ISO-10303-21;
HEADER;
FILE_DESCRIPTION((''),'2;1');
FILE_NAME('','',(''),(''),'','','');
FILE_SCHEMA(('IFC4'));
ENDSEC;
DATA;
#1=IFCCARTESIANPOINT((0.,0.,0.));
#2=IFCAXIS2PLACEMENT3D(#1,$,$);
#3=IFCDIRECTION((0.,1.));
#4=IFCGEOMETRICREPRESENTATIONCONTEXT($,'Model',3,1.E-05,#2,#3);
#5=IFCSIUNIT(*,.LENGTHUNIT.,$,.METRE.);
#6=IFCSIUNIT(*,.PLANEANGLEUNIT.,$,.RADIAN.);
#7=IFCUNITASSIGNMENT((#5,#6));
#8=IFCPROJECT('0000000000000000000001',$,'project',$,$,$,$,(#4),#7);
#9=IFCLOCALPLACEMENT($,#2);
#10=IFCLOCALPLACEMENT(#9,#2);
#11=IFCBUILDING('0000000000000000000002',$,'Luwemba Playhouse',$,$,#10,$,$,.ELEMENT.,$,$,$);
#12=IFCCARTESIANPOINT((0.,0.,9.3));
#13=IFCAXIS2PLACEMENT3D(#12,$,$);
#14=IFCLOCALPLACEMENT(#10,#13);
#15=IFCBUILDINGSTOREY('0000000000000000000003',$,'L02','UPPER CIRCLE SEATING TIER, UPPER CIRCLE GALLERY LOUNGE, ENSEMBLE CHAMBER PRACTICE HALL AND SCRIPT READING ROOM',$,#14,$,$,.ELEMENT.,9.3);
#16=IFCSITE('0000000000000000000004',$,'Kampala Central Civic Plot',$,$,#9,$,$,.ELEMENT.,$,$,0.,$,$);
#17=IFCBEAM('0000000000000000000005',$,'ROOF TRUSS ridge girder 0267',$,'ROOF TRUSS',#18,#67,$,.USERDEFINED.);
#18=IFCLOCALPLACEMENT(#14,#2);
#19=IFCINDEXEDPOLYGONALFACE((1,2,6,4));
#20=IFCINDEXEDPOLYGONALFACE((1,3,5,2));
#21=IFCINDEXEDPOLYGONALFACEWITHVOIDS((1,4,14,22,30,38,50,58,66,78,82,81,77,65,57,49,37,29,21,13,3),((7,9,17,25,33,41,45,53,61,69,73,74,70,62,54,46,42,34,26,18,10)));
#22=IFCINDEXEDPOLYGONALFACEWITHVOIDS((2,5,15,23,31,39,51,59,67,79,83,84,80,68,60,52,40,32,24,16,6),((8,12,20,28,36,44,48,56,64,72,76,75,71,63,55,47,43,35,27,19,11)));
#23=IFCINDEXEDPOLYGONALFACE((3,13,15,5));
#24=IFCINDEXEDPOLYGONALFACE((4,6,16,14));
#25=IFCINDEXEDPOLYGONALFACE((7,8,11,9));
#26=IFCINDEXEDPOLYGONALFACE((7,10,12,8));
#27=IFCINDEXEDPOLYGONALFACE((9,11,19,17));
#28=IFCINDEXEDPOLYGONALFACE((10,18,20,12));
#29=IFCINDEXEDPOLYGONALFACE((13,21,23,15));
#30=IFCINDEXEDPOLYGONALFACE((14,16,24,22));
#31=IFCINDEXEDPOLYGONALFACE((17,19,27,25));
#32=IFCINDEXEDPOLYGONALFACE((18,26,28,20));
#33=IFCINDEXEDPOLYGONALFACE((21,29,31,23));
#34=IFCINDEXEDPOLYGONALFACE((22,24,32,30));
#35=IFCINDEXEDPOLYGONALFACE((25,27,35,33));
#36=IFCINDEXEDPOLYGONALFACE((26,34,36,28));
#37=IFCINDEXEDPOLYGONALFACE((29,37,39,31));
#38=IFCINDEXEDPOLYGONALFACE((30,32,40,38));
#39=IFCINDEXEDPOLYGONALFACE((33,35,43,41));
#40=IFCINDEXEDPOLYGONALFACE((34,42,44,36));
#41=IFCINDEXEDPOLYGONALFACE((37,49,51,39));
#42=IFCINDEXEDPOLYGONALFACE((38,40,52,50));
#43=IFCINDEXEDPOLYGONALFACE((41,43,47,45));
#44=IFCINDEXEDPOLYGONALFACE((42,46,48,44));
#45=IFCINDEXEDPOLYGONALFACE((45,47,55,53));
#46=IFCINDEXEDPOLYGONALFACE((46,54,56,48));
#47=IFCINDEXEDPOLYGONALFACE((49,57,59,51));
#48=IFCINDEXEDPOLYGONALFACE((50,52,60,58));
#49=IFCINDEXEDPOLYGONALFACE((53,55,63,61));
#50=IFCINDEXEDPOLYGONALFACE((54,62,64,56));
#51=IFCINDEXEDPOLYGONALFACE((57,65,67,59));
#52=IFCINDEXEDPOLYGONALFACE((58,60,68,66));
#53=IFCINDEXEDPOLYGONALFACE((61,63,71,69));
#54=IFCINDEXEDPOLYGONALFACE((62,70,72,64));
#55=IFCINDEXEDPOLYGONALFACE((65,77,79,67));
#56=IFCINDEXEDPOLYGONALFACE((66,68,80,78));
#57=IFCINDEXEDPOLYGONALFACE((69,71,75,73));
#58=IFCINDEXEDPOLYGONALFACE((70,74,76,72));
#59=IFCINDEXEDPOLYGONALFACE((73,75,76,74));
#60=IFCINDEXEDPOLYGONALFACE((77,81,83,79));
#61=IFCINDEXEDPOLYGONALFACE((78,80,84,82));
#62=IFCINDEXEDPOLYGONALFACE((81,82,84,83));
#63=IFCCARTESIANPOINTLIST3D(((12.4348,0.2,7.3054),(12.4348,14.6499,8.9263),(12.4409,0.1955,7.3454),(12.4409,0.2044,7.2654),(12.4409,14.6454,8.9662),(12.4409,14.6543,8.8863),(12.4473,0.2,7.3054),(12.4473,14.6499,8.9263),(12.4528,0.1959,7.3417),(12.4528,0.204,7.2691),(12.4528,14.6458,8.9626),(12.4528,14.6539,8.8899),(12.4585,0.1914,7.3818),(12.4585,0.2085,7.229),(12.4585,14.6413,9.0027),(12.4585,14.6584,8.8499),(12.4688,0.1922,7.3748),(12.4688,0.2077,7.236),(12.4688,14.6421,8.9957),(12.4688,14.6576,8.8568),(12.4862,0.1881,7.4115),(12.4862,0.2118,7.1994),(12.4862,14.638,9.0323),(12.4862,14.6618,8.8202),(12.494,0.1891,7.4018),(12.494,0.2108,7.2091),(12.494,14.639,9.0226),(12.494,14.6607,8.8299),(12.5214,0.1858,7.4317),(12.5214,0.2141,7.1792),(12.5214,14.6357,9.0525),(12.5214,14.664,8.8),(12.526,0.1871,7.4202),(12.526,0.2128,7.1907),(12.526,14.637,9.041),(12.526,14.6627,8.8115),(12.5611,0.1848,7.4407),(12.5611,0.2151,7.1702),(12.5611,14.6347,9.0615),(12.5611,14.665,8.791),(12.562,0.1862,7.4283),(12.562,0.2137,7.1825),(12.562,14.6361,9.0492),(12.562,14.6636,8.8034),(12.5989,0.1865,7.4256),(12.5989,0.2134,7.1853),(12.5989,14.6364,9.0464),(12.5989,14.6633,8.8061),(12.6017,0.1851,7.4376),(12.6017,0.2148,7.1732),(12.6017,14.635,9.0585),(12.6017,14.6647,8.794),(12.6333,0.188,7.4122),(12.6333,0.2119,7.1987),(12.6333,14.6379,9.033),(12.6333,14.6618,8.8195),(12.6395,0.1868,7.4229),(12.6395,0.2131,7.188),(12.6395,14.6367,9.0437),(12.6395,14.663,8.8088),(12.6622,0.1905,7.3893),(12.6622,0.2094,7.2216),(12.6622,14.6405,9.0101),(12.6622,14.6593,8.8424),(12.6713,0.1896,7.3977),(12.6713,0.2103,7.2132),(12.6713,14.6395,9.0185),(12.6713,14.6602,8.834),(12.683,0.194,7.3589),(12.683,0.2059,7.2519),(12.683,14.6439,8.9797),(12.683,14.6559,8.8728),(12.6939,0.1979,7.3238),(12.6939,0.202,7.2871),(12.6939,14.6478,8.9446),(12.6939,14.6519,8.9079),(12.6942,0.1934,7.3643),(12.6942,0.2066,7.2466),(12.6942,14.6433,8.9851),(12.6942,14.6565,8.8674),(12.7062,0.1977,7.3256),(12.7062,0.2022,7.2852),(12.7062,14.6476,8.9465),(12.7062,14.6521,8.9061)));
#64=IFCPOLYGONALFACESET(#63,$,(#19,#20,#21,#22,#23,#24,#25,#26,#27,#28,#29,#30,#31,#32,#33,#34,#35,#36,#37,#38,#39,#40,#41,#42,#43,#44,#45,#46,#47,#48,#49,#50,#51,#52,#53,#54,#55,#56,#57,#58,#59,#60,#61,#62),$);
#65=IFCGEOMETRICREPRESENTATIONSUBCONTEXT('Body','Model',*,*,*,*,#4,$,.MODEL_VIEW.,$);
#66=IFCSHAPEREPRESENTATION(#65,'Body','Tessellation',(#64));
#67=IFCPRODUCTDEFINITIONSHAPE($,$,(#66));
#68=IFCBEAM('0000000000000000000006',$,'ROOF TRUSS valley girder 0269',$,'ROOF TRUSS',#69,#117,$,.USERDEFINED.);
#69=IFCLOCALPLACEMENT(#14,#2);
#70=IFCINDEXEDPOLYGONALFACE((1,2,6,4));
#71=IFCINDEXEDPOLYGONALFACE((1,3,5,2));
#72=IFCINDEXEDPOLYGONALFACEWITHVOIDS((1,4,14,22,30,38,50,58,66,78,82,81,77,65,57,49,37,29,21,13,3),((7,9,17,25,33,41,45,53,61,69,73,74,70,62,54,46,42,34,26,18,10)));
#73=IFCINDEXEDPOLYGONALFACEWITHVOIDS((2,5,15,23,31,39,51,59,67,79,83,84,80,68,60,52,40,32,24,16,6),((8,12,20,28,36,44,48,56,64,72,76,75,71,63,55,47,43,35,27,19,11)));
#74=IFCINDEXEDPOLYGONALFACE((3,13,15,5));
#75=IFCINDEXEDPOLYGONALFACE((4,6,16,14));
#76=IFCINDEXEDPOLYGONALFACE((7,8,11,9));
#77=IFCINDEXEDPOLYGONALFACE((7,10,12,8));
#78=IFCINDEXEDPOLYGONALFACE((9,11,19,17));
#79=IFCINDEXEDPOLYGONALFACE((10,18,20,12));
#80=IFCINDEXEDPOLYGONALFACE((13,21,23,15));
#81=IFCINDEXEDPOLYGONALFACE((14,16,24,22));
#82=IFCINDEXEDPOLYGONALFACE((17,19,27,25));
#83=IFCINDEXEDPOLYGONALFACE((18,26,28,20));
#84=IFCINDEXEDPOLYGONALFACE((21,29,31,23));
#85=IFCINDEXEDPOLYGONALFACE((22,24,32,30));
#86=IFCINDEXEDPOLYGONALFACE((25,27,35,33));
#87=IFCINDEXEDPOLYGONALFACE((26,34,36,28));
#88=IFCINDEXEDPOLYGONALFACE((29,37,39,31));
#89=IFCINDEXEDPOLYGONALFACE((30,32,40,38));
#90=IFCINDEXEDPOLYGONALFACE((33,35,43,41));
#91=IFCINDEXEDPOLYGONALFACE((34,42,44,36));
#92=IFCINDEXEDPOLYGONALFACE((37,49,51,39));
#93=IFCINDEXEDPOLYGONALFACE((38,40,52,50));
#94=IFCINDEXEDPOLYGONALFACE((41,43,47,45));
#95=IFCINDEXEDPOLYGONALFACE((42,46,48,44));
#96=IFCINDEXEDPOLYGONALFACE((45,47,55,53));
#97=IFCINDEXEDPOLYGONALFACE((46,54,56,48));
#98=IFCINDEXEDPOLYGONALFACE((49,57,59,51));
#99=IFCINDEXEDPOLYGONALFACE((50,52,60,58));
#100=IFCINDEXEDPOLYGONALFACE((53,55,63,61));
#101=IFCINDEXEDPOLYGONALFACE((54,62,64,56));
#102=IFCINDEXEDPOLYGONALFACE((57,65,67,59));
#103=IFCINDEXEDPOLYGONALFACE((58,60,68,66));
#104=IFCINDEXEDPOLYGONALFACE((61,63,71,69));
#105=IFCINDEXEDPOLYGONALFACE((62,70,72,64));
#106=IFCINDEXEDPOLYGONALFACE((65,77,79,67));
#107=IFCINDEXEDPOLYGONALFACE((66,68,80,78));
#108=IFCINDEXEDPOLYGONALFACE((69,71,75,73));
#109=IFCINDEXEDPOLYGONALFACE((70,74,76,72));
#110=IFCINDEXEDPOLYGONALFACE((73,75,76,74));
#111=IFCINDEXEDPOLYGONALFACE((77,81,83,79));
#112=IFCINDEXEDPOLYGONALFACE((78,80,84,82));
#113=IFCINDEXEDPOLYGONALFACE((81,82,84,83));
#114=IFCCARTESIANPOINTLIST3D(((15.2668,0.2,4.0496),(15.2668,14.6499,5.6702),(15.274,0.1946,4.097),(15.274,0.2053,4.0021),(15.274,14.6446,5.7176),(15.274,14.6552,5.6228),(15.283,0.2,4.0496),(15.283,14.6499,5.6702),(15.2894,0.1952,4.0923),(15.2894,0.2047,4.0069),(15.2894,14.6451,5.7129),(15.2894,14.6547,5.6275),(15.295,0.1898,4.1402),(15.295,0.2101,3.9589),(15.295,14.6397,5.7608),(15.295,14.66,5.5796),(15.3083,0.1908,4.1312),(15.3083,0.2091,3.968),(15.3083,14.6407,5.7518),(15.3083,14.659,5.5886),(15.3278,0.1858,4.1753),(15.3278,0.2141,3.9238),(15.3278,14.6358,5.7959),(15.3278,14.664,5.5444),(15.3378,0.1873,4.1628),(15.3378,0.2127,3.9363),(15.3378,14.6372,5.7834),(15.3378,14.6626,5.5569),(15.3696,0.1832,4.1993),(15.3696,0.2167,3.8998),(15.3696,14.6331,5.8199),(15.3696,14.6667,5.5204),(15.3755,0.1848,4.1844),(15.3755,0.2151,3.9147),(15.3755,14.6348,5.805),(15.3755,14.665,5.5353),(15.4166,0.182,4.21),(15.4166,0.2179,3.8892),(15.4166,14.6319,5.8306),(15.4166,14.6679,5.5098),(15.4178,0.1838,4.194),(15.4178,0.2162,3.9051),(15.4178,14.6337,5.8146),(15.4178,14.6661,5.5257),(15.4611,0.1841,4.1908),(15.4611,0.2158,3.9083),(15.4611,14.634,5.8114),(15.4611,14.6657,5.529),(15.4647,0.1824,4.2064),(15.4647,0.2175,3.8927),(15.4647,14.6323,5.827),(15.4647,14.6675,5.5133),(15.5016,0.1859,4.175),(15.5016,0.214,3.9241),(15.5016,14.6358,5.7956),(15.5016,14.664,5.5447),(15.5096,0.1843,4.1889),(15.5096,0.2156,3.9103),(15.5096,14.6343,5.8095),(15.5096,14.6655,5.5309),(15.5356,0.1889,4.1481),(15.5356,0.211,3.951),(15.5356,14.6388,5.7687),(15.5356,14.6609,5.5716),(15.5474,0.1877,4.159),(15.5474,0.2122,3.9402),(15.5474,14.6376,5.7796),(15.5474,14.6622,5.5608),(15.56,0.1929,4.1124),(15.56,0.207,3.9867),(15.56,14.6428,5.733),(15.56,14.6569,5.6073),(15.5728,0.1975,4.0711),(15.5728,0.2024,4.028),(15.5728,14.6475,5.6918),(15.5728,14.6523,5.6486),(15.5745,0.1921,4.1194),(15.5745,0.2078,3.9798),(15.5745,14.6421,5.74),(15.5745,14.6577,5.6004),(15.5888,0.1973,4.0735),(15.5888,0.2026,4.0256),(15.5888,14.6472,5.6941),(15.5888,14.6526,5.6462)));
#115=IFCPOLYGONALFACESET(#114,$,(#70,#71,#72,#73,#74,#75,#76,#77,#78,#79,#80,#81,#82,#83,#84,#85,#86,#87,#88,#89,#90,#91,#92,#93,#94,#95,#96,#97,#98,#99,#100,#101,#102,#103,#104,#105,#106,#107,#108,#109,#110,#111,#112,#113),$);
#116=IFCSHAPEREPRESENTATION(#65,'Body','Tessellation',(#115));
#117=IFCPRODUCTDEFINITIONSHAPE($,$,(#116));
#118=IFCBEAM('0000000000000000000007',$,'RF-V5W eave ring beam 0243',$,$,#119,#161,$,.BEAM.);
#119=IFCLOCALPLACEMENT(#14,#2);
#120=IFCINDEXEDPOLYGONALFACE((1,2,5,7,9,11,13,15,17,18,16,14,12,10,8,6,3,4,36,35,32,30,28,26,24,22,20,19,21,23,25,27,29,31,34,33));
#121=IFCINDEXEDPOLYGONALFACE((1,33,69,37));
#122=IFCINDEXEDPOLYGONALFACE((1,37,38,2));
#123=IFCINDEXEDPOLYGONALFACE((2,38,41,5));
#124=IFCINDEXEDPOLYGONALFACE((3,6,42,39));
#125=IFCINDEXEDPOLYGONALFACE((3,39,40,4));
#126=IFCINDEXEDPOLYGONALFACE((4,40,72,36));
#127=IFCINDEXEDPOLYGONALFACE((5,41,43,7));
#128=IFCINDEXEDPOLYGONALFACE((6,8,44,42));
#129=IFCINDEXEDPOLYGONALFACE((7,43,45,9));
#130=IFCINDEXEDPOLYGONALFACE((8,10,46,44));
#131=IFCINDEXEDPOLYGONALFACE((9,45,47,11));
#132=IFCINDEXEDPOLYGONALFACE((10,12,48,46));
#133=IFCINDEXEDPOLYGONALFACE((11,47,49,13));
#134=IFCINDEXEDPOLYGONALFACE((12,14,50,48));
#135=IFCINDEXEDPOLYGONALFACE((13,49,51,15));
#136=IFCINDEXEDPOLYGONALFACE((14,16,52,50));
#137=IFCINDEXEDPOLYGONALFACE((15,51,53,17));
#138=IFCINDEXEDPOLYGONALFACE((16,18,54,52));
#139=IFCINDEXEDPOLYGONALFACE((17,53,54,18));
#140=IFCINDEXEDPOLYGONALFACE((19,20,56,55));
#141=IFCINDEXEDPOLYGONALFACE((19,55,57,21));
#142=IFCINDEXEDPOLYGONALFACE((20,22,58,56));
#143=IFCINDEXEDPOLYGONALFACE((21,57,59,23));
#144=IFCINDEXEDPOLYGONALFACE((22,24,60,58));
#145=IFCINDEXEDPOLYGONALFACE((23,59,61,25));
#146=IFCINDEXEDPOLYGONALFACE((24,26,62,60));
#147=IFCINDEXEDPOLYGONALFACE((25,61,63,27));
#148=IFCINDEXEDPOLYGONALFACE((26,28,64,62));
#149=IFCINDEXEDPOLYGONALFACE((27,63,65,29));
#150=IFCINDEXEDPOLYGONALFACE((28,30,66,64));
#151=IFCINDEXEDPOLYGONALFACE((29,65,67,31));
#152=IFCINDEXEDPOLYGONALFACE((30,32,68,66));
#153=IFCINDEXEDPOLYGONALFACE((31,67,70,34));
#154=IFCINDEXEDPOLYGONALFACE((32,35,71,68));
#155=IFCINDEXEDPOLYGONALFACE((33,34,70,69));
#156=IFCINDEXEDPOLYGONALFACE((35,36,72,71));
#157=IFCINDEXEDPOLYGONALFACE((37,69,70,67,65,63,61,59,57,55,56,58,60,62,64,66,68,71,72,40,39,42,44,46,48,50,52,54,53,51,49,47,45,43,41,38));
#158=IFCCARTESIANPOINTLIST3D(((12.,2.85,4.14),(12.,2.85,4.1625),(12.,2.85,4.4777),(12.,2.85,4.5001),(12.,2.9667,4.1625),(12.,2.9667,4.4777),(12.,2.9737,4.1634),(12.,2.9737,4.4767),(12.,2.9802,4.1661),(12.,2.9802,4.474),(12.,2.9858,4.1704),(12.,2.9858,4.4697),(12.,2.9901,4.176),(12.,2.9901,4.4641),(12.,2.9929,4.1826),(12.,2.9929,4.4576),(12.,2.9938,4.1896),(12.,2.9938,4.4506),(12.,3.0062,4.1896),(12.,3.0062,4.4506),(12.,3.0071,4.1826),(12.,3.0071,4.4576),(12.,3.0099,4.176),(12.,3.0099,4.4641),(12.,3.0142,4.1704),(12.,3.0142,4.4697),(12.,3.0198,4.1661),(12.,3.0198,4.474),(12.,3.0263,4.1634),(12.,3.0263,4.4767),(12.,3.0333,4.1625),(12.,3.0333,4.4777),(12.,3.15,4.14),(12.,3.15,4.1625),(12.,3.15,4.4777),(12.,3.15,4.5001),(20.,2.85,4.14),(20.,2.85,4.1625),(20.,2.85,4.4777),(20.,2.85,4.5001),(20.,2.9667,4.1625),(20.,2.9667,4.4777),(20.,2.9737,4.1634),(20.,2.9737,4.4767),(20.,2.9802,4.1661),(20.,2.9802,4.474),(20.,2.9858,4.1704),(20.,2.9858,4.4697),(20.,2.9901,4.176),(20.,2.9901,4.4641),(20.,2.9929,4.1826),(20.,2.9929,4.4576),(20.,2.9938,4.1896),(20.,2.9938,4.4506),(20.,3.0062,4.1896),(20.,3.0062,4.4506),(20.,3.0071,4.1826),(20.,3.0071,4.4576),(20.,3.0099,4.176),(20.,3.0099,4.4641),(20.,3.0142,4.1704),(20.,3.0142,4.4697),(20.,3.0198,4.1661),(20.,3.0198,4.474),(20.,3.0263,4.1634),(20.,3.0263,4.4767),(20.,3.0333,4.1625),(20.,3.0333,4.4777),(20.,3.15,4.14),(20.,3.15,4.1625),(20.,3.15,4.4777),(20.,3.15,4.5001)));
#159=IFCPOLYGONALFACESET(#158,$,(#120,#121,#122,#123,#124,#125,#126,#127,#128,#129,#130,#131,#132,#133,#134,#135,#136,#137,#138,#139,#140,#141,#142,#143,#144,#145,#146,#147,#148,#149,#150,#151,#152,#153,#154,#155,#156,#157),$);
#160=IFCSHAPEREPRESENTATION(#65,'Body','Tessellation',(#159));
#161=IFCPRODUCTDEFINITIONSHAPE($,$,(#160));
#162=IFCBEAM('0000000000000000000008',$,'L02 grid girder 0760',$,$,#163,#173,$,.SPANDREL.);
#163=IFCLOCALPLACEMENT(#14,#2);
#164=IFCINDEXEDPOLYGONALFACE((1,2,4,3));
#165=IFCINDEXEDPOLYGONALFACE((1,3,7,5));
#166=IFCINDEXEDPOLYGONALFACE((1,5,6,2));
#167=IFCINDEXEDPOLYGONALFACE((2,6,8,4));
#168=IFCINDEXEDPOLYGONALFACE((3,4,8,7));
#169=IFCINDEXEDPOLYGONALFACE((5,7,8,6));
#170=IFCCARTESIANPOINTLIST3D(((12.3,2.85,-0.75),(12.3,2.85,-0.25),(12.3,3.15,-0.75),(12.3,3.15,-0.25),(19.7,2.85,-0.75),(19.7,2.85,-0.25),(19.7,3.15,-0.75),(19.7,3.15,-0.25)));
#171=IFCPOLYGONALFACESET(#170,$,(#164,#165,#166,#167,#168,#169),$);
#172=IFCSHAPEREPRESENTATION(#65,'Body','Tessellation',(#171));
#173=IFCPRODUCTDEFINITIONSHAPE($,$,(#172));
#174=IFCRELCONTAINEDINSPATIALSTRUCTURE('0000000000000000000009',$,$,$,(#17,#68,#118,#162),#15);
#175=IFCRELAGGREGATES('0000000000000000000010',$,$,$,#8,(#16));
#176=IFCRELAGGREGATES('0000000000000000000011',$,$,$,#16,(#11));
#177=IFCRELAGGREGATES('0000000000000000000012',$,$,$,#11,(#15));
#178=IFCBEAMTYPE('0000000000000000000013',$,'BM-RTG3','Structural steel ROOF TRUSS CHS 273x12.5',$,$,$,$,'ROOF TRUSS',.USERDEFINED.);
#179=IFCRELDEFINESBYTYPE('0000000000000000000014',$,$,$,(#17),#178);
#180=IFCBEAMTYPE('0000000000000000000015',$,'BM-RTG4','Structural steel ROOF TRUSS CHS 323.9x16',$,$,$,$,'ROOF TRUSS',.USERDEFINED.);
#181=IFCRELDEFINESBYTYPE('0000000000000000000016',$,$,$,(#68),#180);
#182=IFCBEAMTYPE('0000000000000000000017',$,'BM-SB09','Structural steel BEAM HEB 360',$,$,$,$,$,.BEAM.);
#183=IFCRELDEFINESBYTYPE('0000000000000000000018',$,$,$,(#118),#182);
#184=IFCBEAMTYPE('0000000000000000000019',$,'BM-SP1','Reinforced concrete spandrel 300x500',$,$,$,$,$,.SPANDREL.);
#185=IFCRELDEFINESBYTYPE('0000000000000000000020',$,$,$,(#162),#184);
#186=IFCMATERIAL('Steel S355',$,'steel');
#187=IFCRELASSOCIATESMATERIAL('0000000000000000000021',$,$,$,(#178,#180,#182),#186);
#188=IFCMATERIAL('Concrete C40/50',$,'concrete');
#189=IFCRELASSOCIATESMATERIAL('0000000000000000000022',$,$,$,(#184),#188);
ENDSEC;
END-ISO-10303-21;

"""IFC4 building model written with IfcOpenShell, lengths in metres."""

from ifc_helpers import new_model, si_unit, direction, frame, origin, origin_2d, place, context, subcontext, project, spatial, rectangle, hollow_circle, i_section, extrude, material, material_profile, profile_set, type_object, element, save


model = new_model("IFC4")

# Units and contexts
model_context = context("Model", 3, precision=1e-05, world=origin(), true_north=direction((0.0, 1.0)))
body_context = subcontext(model_context, "Body", "Model", "MODEL_VIEW")
ifc_project = project(units=[si_unit("LENGTHUNIT", "METRE"), si_unit("PLANEANGLEUNIT", "RADIAN")], contexts=[model_context])

# Site, building, storey
site_placement = place(None, origin())
site = spatial("IfcSite", under=ifc_project, at=site_placement, Name="Kampala Central Civic Plot", CompositionType="ELEMENT", RefElevation=0.0)
building_placement = place(site_placement, origin())
building = spatial("IfcBuilding", under=site, at=building_placement, Name="Luwemba Playhouse", CompositionType="ELEMENT")
storey_placement = place(building_placement, frame((0.0, 0.0, 9.3)))
storey = spatial("IfcBuildingStorey", under=building, at=storey_placement, Name="L02", Description="UPPER CIRCLE SEATING TIER, UPPER CIRCLE GALLERY LOUNGE, ENSEMBLE CHAMBER PRACTICE HALL AND SCRIPT READING ROOM", CompositionType="ELEMENT", Elevation=9.3)

# Shared definitions
ifc_material_1 = material(Name="Concrete C40/50", Category="concrete")

# Beams
ifc_material_2 = material(Name="Steel S355", Category="steel")
ifc_material_profile_1 = material_profile(ifc_material_2, hollow_circle(Radius=0.1365, WallThickness=0.0125, at=origin_2d()))
ifc_profile_set_1 = profile_set([ifc_material_profile_1], Name="Steel S355")
beam_type_1 = type_object("IfcBeamType", Name="BM-RTG3", Description="Structural steel ROOF TRUSS CHS 273x12.5", ElementType="ROOF TRUSS", PredefinedType="USERDEFINED", material=ifc_profile_set_1)
beam_1_placement = place(storey_placement, frame((12.5713, 0.2, 7.3054), z_axis=(0.0, 0.993768, 0.111471), x_axis=(-1.0, 0.0, 0.0)))
element("IfcBeam", 1, at=beam_1_placement, inside=storey, type_object=beam_type_1, Name="ROOF TRUSS ridge girder 0267", ObjectType="ROOF TRUSS", PredefinedType="USERDEFINED", context=body_context, shape_type="SweptSolid", body=[
    extrude(hollow_circle(Radius=0.1365, WallThickness=0.0125, at=origin_2d()), origin(), (0.0, 0.0, 1.0), 14.5405),
])
ifc_material_profile_2 = material_profile(ifc_material_2, hollow_circle(Radius=0.1619, WallThickness=0.0161, at=origin_2d()))
ifc_profile_set_2 = profile_set([ifc_material_profile_2], Name="Steel S355")
beam_type_2 = type_object("IfcBeamType", Name="BM-RTG4", Description="Structural steel ROOF TRUSS CHS 323.9x16", ElementType="ROOF TRUSS", PredefinedType="USERDEFINED", material=ifc_profile_set_2)
beam_2_placement = place(storey_placement, frame((15.4287, 0.2, 4.0496), z_axis=(0.0, 0.99377, 0.111454), x_axis=(-1.0, 0.0, 0.0)))
element("IfcBeam", 2, at=beam_2_placement, inside=storey, type_object=beam_type_2, Name="ROOF TRUSS valley girder 0269", ObjectType="ROOF TRUSS", PredefinedType="USERDEFINED", context=body_context, shape_type="SweptSolid", body=[
    extrude(hollow_circle(Radius=0.1619, WallThickness=0.0161, at=origin_2d()), origin(), (0.0, 0.0, 1.0), 14.5405),
])
ifc_material_profile_3 = material_profile(ifc_material_2, i_section(OverallWidth=0.3, OverallDepth=0.3601, WebThickness=0.0125, FlangeThickness=0.0225, FilletRadius=0.0271, at=origin_2d()))
ifc_profile_set_3 = profile_set([ifc_material_profile_3], Name="Steel S355")
beam_type_3 = type_object("IfcBeamType", Name="BM-SB09", Description="Structural steel BEAM HEB 360", PredefinedType="BEAM", material=ifc_profile_set_3)
beam_3_placement = place(storey_placement, frame((12.0, 3.0, 4.3201), z_axis=(1.0, 0.0, 0.0), x_axis=(0.0, 1.0, 0.0)))
element("IfcBeam", 3, at=beam_3_placement, inside=storey, type_object=beam_type_3, Name="RF-V5W eave ring beam 0243", PredefinedType="BEAM", context=body_context, shape_type="SweptSolid", body=[
    extrude(i_section(OverallWidth=0.3, OverallDepth=0.3601, WebThickness=0.0125, FlangeThickness=0.0225, FilletRadius=0.0271, at=origin_2d()), origin(), (0.0, 0.0, 1.0), 8.0),
])
ifc_material_profile_4 = material_profile(ifc_material_1, rectangle(XDim=0.3, YDim=0.5, at=origin_2d()))
ifc_profile_set_4 = profile_set([ifc_material_profile_4], Name="Concrete C40/50")
beam_type_4 = type_object("IfcBeamType", Name="BM-SP1", Description="Reinforced concrete spandrel 300x500", PredefinedType="SPANDREL", material=ifc_profile_set_4)
beam_4_placement = place(storey_placement, frame((12.3, 3.0, -0.5), z_axis=(1.0, 0.0, 0.0), x_axis=(0.0, 1.0, 0.0)))
element("IfcBeam", 4, at=beam_4_placement, inside=storey, type_object=beam_type_4, Name="L02 grid girder 0760", PredefinedType="SPANDREL", context=body_context, shape_type="SweptSolid", body=[
    extrude(rectangle(XDim=0.3, YDim=0.5, at=origin_2d()), origin(), (0.0, 0.0, 1.0), 7.3999),
])

save(model, "model.ifc")
